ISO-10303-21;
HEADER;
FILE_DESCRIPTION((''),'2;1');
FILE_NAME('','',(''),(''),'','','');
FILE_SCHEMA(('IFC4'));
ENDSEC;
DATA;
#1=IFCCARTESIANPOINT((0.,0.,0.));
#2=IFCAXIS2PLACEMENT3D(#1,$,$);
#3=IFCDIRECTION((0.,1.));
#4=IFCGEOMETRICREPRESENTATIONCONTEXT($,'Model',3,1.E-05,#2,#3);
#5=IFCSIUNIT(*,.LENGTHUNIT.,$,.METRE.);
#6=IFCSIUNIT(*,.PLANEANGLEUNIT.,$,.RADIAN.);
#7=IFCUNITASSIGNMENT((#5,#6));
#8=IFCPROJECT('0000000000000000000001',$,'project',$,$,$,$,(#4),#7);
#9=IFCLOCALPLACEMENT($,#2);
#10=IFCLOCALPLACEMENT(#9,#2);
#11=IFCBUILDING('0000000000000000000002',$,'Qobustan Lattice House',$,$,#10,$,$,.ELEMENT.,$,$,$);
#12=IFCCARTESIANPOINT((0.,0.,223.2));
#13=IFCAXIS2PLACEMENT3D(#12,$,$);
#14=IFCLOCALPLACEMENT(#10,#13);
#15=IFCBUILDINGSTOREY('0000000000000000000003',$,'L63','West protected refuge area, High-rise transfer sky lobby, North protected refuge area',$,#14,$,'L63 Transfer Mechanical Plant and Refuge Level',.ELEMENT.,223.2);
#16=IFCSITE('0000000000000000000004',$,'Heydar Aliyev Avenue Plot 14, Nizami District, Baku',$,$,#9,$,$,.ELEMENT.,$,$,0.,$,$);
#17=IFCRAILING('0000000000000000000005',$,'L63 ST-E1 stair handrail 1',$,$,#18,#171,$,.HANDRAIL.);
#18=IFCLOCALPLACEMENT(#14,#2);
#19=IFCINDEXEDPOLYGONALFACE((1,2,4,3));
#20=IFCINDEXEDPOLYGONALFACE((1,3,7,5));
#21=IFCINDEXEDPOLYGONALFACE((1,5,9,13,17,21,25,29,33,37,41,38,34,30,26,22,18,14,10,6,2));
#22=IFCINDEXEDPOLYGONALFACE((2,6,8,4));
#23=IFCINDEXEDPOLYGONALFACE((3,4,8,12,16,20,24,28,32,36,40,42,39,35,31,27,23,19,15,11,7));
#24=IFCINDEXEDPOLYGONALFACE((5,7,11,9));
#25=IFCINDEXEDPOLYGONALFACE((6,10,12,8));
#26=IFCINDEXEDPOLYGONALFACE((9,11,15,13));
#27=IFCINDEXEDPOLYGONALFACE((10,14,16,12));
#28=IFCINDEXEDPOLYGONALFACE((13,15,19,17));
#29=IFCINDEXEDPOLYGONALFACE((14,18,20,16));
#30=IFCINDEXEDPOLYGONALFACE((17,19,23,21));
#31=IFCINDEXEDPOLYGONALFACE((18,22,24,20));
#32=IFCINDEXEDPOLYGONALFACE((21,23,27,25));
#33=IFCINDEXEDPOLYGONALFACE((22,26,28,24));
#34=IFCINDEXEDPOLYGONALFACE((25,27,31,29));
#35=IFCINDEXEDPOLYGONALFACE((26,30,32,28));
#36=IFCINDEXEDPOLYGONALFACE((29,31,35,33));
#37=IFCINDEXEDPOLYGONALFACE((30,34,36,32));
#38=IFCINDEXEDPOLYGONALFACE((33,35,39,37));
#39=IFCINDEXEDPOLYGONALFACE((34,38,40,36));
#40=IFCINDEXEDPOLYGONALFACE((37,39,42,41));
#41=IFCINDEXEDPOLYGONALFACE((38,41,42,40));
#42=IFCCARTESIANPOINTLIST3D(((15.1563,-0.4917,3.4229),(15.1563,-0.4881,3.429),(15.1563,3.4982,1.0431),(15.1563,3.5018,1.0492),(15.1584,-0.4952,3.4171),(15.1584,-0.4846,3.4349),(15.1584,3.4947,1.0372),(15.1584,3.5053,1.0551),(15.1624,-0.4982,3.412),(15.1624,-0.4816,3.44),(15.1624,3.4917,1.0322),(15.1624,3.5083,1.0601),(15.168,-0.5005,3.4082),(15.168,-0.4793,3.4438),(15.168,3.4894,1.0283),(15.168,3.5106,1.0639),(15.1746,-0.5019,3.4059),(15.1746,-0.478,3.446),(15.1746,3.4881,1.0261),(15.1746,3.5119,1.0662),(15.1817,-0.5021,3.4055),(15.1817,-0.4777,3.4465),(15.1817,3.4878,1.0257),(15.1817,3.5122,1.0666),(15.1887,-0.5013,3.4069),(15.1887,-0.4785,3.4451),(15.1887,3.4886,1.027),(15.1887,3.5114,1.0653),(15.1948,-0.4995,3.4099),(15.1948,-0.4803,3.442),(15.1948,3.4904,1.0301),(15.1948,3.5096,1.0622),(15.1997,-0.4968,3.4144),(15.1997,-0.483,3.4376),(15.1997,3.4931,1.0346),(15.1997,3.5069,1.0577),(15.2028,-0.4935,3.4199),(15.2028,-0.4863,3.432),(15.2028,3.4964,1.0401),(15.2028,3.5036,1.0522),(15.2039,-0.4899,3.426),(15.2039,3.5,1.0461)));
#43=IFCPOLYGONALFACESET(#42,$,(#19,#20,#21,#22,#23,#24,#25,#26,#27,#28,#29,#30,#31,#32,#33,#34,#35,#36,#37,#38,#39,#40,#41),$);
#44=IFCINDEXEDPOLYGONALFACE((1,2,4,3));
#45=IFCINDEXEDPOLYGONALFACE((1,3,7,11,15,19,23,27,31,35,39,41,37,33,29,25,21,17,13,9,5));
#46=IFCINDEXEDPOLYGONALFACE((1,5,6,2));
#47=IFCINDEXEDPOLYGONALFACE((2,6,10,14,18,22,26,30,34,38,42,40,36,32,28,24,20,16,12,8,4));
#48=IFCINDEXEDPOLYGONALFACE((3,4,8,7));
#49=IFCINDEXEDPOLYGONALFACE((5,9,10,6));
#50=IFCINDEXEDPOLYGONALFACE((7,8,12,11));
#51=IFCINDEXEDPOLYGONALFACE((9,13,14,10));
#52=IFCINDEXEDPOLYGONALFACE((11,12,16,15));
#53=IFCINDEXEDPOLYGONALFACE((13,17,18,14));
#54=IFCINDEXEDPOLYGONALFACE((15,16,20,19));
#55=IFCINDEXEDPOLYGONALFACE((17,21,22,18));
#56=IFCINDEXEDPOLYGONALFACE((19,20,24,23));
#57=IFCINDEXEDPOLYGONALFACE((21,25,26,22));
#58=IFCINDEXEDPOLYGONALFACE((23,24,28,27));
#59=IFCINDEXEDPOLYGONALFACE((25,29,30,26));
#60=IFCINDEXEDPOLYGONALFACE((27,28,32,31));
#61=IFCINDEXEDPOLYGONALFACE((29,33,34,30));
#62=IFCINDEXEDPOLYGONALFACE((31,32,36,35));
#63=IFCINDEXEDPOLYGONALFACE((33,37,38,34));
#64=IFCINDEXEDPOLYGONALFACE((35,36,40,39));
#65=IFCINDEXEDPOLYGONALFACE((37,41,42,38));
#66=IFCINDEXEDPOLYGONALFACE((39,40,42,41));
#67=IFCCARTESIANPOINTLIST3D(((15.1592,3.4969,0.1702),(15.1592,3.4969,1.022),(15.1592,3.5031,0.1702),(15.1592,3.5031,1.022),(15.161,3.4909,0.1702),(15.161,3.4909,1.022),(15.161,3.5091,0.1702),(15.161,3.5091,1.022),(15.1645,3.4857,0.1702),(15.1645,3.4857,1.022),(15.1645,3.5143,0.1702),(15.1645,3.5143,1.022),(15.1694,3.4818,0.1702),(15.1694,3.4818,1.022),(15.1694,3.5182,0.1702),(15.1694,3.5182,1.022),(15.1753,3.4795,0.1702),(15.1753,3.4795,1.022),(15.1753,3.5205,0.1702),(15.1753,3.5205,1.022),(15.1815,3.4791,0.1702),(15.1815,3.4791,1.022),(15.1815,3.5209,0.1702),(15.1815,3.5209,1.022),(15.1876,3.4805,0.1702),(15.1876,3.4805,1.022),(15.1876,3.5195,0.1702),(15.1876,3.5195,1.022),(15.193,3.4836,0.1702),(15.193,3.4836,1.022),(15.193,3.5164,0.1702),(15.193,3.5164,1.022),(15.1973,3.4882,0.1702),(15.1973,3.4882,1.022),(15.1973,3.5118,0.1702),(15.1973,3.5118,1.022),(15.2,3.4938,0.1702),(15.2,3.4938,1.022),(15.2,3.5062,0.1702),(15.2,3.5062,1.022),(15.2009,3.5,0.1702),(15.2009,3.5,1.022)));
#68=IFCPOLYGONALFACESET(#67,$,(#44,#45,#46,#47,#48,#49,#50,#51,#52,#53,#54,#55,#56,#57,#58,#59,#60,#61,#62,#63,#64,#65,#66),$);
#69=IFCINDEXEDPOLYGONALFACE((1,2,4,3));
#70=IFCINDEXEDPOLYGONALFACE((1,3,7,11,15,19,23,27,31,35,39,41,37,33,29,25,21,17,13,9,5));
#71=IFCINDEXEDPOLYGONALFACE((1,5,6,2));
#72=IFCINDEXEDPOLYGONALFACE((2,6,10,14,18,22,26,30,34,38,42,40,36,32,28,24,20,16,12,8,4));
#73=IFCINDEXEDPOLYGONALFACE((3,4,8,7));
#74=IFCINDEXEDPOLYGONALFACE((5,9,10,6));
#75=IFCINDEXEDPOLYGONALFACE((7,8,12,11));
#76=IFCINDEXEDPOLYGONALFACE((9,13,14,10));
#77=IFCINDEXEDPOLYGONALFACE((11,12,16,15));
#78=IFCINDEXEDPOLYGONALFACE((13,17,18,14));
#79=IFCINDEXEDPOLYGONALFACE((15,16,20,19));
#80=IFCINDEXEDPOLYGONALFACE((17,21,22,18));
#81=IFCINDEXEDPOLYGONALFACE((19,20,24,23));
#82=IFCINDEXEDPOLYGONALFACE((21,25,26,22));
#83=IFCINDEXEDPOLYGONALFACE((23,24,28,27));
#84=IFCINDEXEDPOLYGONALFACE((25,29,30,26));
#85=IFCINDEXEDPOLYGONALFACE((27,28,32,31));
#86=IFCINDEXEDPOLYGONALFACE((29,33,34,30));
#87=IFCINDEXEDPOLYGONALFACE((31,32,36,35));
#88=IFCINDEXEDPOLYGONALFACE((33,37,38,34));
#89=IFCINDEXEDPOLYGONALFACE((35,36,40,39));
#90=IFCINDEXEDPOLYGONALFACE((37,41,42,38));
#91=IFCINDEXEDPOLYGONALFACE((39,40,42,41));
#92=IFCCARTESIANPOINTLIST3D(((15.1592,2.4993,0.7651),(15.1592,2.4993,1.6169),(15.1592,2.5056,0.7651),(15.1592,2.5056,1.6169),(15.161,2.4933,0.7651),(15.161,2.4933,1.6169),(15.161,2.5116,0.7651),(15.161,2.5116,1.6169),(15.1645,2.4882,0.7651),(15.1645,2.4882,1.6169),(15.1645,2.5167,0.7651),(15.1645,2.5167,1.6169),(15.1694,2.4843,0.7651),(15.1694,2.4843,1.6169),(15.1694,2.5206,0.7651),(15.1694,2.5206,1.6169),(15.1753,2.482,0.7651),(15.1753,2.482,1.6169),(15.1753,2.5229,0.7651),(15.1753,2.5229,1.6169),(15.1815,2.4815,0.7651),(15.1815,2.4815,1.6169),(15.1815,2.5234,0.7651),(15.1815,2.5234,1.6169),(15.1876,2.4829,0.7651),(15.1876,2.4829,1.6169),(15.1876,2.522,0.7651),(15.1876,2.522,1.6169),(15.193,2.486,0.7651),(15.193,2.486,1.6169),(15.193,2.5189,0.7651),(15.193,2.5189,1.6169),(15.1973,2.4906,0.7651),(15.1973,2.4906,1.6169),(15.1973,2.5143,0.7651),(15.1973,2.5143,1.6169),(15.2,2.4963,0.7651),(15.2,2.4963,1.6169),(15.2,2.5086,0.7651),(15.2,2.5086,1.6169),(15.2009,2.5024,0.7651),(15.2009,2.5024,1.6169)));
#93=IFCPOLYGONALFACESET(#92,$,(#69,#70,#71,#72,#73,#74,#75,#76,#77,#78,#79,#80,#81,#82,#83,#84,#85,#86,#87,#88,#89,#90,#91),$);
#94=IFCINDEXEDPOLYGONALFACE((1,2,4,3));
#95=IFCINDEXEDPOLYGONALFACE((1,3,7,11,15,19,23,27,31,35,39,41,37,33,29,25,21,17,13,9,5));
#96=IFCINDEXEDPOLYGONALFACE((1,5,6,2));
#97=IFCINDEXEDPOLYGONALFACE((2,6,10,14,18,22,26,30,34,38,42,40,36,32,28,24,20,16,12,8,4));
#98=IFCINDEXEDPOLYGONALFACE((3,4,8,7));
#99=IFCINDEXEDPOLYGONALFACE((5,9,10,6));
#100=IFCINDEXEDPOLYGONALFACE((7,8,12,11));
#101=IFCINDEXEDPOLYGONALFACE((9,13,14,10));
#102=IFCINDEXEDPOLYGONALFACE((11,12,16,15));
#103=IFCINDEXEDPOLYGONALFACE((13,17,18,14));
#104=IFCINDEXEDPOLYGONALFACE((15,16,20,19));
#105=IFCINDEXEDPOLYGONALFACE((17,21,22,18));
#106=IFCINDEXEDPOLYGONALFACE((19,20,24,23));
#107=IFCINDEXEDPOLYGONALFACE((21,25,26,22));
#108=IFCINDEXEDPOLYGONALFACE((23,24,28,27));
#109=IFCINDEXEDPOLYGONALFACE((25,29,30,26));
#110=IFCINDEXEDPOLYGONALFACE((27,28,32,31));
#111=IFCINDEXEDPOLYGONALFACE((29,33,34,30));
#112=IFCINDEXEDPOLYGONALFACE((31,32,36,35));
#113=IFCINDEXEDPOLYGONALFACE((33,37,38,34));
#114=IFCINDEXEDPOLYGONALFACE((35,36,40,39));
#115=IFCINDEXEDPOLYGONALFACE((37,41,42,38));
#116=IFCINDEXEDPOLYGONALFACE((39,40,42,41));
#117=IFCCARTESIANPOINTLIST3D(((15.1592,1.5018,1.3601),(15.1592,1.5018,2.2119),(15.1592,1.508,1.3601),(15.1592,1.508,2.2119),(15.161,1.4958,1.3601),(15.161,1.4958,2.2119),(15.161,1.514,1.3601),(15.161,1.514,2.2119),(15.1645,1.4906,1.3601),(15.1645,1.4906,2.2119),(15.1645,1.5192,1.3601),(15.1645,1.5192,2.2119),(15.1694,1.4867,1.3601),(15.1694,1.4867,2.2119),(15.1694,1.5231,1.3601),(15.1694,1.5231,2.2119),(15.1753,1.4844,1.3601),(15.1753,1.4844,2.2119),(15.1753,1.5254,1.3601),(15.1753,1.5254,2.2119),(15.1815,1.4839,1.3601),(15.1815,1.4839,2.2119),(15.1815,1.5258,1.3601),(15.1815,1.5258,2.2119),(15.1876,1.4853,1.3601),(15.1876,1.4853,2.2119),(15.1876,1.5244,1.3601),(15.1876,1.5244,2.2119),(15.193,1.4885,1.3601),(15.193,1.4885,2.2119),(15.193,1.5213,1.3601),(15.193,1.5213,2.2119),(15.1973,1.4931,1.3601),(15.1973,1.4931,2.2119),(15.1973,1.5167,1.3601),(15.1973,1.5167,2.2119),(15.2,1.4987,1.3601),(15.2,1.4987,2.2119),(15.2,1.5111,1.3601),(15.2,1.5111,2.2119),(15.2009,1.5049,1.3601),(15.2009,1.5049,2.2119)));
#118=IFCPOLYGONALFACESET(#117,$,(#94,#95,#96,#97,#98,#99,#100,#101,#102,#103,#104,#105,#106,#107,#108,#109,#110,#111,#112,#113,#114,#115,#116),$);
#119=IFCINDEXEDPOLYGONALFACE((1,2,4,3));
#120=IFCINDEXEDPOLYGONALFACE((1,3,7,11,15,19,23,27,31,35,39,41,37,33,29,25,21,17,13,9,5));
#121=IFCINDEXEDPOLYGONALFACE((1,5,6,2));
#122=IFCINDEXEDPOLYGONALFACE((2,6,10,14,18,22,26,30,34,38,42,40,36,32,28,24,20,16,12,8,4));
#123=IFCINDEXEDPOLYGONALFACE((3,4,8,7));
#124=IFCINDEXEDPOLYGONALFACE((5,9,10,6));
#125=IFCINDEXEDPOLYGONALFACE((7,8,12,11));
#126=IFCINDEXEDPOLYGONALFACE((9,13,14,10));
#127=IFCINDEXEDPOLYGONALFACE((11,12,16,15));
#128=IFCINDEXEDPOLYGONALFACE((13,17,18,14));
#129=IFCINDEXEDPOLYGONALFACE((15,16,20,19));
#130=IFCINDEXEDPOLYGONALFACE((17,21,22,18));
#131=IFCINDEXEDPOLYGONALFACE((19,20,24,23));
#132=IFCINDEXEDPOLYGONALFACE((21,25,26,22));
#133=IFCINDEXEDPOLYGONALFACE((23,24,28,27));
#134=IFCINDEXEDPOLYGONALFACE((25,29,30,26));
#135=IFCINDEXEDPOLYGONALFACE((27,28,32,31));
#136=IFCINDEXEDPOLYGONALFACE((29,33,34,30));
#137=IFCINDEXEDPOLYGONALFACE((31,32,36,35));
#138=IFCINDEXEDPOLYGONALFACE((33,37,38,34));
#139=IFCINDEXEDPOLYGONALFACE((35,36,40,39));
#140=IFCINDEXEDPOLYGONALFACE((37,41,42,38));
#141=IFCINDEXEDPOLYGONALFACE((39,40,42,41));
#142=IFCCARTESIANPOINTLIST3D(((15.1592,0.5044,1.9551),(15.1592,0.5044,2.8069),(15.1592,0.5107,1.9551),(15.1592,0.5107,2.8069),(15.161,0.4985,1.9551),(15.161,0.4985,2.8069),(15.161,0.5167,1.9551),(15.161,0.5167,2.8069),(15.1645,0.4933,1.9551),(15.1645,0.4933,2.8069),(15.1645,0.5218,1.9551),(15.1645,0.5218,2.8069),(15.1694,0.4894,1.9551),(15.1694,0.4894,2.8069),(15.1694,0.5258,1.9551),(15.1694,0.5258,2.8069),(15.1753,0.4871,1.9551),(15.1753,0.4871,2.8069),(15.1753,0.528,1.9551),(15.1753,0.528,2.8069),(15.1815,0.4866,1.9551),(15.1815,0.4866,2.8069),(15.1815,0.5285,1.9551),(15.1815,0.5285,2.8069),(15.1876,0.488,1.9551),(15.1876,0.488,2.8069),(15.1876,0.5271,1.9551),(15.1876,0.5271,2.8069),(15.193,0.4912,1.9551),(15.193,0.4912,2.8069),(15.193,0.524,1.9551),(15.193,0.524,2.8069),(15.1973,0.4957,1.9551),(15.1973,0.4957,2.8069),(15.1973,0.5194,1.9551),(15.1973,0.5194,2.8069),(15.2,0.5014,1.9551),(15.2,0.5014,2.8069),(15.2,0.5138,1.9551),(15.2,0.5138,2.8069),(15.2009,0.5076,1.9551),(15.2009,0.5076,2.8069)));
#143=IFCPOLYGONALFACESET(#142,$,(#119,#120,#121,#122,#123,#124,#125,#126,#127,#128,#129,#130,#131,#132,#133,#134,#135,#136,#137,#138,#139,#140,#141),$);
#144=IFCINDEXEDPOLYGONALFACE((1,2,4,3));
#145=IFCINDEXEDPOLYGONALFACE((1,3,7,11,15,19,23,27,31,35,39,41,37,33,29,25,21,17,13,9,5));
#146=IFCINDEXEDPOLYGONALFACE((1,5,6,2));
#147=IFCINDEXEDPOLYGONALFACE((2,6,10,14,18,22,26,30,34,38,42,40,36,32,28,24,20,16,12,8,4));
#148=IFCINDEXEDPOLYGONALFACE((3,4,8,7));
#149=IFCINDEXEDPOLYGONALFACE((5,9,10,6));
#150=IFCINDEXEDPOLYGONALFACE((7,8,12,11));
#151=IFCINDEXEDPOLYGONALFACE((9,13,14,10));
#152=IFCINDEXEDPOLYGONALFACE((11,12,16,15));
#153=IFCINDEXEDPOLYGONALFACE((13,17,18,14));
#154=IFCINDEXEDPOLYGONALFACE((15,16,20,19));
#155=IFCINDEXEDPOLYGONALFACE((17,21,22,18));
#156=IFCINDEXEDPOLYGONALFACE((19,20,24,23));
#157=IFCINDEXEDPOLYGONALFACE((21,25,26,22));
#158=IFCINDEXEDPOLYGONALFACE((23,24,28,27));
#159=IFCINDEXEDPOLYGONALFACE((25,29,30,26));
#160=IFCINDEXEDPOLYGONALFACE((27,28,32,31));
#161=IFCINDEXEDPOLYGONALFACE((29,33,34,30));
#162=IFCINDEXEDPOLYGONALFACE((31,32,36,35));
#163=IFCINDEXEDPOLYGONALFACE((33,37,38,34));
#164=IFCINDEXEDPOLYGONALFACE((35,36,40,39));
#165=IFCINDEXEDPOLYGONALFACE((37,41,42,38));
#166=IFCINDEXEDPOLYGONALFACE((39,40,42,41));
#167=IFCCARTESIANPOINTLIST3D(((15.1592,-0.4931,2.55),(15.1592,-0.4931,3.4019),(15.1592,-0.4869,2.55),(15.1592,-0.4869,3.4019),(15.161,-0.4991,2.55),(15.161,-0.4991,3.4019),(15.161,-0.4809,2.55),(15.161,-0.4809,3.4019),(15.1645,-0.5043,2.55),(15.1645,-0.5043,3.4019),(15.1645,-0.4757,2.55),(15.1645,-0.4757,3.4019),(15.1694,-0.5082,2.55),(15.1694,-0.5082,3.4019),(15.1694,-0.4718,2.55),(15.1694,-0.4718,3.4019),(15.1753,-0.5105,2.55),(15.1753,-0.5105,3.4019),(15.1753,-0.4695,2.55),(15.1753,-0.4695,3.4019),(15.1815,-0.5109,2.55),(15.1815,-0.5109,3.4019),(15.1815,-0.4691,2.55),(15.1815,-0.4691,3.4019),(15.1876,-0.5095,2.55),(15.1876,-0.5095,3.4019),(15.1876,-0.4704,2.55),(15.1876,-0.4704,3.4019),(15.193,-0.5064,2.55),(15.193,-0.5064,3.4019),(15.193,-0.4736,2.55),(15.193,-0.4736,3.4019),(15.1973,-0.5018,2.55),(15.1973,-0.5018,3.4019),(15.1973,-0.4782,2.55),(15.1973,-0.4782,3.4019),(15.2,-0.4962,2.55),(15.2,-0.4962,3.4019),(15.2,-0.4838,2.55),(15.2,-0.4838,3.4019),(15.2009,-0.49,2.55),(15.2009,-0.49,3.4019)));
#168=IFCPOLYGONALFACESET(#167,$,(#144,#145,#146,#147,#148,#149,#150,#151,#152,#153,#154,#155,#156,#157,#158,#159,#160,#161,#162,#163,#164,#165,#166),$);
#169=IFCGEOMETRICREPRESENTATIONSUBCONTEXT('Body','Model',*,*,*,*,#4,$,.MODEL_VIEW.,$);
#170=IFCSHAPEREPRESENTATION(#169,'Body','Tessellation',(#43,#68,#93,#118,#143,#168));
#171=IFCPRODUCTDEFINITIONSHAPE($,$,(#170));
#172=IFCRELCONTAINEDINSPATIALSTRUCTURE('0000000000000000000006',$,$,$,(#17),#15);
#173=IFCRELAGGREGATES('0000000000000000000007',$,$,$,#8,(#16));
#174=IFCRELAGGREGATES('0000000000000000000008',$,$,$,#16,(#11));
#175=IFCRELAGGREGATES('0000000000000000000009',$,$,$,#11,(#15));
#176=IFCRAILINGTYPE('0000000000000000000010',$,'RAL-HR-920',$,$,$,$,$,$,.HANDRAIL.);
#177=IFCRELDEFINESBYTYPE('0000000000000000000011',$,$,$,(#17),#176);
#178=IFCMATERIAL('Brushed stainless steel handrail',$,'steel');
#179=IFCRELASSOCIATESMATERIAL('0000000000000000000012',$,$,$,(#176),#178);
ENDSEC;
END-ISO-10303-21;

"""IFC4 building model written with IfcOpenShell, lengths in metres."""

from ifc_helpers import new_model, si_unit, direction, frame, origin, origin_2d, place, context, subcontext, project, spatial, circle, extrude, material, type_object, element, save


model = new_model("IFC4")

# Units and contexts
model_context = context("Model", 3, precision=1e-05, world=origin(), true_north=direction((0.0, 1.0)))
body_context = subcontext(model_context, "Body", "Model", "MODEL_VIEW")
ifc_project = project(units=[si_unit("LENGTHUNIT", "METRE"), si_unit("PLANEANGLEUNIT", "RADIAN")], contexts=[model_context])

# Site, building, storey
site_placement = place(None, origin())
site = spatial("IfcSite", under=ifc_project, at=site_placement, Name="Heydar Aliyev Avenue Plot 14, Nizami District, Baku", CompositionType="ELEMENT", RefElevation=0.0)
building_placement = place(site_placement, origin())
building = spatial("IfcBuilding", under=site, at=building_placement, Name="Qobustan Lattice House", CompositionType="ELEMENT")
storey_placement = place(building_placement, frame((0.0, 0.0, 223.2)))
storey = spatial("IfcBuildingStorey", under=building, at=storey_placement, Name="L63", Description="West protected refuge area, High-rise transfer sky lobby, North protected refuge area", LongName="L63 Transfer Mechanical Plant and Refuge Level", CompositionType="ELEMENT", Elevation=223.2)

# Railing
ifc_material_1 = material(Name="Brushed stainless steel handrail", Category="steel")
railing_type_1 = type_object("IfcRailingType", Name="RAL-HR-920", PredefinedType="HANDRAIL", material=ifc_material_1)
railing_1_placement = place(storey_placement, frame((15.1799, 3.5, 0.1702)))
element("IfcRailing", 1, at=railing_1_placement, inside=storey, type_object=railing_type_1, Name="L63 ST-E1 stair handrail 1", PredefinedType="HANDRAIL", context=body_context, shape_type="SweptSolid", body=[
    extrude(circle(Radius=0.0239, at=origin_2d()), frame((0.0, 0.0, 0.876), z_axis=(0.0, -0.85883, 0.512261), x_axis=(1.0, 0.0, 0.0)), (0.0, 0.0, 1.0), 4.6458),
    extrude(circle(Radius=0.021, at=origin_2d()), origin(), (0.0, 0.0, 1.0), 0.8518),
    extrude(circle(Radius=0.021, at=origin_2d()), frame((0.0, -0.9976, 0.595)), (0.0, 0.0, 1.0), 0.8518),
    extrude(circle(Radius=0.021, at=origin_2d()), frame((0.0, -1.9951, 1.1899)), (0.0, 0.0, 1.0), 0.8518),
    extrude(circle(Radius=0.021, at=origin_2d()), frame((0.0, -2.9924, 1.7849)), (0.0, 0.0, 1.0), 0.8518),
    extrude(circle(Radius=0.021, at=origin_2d()), frame((0.0, -3.99, 2.3799)), (0.0, 0.0, 1.0), 0.8518),
])

save(model, "model.ifc")
